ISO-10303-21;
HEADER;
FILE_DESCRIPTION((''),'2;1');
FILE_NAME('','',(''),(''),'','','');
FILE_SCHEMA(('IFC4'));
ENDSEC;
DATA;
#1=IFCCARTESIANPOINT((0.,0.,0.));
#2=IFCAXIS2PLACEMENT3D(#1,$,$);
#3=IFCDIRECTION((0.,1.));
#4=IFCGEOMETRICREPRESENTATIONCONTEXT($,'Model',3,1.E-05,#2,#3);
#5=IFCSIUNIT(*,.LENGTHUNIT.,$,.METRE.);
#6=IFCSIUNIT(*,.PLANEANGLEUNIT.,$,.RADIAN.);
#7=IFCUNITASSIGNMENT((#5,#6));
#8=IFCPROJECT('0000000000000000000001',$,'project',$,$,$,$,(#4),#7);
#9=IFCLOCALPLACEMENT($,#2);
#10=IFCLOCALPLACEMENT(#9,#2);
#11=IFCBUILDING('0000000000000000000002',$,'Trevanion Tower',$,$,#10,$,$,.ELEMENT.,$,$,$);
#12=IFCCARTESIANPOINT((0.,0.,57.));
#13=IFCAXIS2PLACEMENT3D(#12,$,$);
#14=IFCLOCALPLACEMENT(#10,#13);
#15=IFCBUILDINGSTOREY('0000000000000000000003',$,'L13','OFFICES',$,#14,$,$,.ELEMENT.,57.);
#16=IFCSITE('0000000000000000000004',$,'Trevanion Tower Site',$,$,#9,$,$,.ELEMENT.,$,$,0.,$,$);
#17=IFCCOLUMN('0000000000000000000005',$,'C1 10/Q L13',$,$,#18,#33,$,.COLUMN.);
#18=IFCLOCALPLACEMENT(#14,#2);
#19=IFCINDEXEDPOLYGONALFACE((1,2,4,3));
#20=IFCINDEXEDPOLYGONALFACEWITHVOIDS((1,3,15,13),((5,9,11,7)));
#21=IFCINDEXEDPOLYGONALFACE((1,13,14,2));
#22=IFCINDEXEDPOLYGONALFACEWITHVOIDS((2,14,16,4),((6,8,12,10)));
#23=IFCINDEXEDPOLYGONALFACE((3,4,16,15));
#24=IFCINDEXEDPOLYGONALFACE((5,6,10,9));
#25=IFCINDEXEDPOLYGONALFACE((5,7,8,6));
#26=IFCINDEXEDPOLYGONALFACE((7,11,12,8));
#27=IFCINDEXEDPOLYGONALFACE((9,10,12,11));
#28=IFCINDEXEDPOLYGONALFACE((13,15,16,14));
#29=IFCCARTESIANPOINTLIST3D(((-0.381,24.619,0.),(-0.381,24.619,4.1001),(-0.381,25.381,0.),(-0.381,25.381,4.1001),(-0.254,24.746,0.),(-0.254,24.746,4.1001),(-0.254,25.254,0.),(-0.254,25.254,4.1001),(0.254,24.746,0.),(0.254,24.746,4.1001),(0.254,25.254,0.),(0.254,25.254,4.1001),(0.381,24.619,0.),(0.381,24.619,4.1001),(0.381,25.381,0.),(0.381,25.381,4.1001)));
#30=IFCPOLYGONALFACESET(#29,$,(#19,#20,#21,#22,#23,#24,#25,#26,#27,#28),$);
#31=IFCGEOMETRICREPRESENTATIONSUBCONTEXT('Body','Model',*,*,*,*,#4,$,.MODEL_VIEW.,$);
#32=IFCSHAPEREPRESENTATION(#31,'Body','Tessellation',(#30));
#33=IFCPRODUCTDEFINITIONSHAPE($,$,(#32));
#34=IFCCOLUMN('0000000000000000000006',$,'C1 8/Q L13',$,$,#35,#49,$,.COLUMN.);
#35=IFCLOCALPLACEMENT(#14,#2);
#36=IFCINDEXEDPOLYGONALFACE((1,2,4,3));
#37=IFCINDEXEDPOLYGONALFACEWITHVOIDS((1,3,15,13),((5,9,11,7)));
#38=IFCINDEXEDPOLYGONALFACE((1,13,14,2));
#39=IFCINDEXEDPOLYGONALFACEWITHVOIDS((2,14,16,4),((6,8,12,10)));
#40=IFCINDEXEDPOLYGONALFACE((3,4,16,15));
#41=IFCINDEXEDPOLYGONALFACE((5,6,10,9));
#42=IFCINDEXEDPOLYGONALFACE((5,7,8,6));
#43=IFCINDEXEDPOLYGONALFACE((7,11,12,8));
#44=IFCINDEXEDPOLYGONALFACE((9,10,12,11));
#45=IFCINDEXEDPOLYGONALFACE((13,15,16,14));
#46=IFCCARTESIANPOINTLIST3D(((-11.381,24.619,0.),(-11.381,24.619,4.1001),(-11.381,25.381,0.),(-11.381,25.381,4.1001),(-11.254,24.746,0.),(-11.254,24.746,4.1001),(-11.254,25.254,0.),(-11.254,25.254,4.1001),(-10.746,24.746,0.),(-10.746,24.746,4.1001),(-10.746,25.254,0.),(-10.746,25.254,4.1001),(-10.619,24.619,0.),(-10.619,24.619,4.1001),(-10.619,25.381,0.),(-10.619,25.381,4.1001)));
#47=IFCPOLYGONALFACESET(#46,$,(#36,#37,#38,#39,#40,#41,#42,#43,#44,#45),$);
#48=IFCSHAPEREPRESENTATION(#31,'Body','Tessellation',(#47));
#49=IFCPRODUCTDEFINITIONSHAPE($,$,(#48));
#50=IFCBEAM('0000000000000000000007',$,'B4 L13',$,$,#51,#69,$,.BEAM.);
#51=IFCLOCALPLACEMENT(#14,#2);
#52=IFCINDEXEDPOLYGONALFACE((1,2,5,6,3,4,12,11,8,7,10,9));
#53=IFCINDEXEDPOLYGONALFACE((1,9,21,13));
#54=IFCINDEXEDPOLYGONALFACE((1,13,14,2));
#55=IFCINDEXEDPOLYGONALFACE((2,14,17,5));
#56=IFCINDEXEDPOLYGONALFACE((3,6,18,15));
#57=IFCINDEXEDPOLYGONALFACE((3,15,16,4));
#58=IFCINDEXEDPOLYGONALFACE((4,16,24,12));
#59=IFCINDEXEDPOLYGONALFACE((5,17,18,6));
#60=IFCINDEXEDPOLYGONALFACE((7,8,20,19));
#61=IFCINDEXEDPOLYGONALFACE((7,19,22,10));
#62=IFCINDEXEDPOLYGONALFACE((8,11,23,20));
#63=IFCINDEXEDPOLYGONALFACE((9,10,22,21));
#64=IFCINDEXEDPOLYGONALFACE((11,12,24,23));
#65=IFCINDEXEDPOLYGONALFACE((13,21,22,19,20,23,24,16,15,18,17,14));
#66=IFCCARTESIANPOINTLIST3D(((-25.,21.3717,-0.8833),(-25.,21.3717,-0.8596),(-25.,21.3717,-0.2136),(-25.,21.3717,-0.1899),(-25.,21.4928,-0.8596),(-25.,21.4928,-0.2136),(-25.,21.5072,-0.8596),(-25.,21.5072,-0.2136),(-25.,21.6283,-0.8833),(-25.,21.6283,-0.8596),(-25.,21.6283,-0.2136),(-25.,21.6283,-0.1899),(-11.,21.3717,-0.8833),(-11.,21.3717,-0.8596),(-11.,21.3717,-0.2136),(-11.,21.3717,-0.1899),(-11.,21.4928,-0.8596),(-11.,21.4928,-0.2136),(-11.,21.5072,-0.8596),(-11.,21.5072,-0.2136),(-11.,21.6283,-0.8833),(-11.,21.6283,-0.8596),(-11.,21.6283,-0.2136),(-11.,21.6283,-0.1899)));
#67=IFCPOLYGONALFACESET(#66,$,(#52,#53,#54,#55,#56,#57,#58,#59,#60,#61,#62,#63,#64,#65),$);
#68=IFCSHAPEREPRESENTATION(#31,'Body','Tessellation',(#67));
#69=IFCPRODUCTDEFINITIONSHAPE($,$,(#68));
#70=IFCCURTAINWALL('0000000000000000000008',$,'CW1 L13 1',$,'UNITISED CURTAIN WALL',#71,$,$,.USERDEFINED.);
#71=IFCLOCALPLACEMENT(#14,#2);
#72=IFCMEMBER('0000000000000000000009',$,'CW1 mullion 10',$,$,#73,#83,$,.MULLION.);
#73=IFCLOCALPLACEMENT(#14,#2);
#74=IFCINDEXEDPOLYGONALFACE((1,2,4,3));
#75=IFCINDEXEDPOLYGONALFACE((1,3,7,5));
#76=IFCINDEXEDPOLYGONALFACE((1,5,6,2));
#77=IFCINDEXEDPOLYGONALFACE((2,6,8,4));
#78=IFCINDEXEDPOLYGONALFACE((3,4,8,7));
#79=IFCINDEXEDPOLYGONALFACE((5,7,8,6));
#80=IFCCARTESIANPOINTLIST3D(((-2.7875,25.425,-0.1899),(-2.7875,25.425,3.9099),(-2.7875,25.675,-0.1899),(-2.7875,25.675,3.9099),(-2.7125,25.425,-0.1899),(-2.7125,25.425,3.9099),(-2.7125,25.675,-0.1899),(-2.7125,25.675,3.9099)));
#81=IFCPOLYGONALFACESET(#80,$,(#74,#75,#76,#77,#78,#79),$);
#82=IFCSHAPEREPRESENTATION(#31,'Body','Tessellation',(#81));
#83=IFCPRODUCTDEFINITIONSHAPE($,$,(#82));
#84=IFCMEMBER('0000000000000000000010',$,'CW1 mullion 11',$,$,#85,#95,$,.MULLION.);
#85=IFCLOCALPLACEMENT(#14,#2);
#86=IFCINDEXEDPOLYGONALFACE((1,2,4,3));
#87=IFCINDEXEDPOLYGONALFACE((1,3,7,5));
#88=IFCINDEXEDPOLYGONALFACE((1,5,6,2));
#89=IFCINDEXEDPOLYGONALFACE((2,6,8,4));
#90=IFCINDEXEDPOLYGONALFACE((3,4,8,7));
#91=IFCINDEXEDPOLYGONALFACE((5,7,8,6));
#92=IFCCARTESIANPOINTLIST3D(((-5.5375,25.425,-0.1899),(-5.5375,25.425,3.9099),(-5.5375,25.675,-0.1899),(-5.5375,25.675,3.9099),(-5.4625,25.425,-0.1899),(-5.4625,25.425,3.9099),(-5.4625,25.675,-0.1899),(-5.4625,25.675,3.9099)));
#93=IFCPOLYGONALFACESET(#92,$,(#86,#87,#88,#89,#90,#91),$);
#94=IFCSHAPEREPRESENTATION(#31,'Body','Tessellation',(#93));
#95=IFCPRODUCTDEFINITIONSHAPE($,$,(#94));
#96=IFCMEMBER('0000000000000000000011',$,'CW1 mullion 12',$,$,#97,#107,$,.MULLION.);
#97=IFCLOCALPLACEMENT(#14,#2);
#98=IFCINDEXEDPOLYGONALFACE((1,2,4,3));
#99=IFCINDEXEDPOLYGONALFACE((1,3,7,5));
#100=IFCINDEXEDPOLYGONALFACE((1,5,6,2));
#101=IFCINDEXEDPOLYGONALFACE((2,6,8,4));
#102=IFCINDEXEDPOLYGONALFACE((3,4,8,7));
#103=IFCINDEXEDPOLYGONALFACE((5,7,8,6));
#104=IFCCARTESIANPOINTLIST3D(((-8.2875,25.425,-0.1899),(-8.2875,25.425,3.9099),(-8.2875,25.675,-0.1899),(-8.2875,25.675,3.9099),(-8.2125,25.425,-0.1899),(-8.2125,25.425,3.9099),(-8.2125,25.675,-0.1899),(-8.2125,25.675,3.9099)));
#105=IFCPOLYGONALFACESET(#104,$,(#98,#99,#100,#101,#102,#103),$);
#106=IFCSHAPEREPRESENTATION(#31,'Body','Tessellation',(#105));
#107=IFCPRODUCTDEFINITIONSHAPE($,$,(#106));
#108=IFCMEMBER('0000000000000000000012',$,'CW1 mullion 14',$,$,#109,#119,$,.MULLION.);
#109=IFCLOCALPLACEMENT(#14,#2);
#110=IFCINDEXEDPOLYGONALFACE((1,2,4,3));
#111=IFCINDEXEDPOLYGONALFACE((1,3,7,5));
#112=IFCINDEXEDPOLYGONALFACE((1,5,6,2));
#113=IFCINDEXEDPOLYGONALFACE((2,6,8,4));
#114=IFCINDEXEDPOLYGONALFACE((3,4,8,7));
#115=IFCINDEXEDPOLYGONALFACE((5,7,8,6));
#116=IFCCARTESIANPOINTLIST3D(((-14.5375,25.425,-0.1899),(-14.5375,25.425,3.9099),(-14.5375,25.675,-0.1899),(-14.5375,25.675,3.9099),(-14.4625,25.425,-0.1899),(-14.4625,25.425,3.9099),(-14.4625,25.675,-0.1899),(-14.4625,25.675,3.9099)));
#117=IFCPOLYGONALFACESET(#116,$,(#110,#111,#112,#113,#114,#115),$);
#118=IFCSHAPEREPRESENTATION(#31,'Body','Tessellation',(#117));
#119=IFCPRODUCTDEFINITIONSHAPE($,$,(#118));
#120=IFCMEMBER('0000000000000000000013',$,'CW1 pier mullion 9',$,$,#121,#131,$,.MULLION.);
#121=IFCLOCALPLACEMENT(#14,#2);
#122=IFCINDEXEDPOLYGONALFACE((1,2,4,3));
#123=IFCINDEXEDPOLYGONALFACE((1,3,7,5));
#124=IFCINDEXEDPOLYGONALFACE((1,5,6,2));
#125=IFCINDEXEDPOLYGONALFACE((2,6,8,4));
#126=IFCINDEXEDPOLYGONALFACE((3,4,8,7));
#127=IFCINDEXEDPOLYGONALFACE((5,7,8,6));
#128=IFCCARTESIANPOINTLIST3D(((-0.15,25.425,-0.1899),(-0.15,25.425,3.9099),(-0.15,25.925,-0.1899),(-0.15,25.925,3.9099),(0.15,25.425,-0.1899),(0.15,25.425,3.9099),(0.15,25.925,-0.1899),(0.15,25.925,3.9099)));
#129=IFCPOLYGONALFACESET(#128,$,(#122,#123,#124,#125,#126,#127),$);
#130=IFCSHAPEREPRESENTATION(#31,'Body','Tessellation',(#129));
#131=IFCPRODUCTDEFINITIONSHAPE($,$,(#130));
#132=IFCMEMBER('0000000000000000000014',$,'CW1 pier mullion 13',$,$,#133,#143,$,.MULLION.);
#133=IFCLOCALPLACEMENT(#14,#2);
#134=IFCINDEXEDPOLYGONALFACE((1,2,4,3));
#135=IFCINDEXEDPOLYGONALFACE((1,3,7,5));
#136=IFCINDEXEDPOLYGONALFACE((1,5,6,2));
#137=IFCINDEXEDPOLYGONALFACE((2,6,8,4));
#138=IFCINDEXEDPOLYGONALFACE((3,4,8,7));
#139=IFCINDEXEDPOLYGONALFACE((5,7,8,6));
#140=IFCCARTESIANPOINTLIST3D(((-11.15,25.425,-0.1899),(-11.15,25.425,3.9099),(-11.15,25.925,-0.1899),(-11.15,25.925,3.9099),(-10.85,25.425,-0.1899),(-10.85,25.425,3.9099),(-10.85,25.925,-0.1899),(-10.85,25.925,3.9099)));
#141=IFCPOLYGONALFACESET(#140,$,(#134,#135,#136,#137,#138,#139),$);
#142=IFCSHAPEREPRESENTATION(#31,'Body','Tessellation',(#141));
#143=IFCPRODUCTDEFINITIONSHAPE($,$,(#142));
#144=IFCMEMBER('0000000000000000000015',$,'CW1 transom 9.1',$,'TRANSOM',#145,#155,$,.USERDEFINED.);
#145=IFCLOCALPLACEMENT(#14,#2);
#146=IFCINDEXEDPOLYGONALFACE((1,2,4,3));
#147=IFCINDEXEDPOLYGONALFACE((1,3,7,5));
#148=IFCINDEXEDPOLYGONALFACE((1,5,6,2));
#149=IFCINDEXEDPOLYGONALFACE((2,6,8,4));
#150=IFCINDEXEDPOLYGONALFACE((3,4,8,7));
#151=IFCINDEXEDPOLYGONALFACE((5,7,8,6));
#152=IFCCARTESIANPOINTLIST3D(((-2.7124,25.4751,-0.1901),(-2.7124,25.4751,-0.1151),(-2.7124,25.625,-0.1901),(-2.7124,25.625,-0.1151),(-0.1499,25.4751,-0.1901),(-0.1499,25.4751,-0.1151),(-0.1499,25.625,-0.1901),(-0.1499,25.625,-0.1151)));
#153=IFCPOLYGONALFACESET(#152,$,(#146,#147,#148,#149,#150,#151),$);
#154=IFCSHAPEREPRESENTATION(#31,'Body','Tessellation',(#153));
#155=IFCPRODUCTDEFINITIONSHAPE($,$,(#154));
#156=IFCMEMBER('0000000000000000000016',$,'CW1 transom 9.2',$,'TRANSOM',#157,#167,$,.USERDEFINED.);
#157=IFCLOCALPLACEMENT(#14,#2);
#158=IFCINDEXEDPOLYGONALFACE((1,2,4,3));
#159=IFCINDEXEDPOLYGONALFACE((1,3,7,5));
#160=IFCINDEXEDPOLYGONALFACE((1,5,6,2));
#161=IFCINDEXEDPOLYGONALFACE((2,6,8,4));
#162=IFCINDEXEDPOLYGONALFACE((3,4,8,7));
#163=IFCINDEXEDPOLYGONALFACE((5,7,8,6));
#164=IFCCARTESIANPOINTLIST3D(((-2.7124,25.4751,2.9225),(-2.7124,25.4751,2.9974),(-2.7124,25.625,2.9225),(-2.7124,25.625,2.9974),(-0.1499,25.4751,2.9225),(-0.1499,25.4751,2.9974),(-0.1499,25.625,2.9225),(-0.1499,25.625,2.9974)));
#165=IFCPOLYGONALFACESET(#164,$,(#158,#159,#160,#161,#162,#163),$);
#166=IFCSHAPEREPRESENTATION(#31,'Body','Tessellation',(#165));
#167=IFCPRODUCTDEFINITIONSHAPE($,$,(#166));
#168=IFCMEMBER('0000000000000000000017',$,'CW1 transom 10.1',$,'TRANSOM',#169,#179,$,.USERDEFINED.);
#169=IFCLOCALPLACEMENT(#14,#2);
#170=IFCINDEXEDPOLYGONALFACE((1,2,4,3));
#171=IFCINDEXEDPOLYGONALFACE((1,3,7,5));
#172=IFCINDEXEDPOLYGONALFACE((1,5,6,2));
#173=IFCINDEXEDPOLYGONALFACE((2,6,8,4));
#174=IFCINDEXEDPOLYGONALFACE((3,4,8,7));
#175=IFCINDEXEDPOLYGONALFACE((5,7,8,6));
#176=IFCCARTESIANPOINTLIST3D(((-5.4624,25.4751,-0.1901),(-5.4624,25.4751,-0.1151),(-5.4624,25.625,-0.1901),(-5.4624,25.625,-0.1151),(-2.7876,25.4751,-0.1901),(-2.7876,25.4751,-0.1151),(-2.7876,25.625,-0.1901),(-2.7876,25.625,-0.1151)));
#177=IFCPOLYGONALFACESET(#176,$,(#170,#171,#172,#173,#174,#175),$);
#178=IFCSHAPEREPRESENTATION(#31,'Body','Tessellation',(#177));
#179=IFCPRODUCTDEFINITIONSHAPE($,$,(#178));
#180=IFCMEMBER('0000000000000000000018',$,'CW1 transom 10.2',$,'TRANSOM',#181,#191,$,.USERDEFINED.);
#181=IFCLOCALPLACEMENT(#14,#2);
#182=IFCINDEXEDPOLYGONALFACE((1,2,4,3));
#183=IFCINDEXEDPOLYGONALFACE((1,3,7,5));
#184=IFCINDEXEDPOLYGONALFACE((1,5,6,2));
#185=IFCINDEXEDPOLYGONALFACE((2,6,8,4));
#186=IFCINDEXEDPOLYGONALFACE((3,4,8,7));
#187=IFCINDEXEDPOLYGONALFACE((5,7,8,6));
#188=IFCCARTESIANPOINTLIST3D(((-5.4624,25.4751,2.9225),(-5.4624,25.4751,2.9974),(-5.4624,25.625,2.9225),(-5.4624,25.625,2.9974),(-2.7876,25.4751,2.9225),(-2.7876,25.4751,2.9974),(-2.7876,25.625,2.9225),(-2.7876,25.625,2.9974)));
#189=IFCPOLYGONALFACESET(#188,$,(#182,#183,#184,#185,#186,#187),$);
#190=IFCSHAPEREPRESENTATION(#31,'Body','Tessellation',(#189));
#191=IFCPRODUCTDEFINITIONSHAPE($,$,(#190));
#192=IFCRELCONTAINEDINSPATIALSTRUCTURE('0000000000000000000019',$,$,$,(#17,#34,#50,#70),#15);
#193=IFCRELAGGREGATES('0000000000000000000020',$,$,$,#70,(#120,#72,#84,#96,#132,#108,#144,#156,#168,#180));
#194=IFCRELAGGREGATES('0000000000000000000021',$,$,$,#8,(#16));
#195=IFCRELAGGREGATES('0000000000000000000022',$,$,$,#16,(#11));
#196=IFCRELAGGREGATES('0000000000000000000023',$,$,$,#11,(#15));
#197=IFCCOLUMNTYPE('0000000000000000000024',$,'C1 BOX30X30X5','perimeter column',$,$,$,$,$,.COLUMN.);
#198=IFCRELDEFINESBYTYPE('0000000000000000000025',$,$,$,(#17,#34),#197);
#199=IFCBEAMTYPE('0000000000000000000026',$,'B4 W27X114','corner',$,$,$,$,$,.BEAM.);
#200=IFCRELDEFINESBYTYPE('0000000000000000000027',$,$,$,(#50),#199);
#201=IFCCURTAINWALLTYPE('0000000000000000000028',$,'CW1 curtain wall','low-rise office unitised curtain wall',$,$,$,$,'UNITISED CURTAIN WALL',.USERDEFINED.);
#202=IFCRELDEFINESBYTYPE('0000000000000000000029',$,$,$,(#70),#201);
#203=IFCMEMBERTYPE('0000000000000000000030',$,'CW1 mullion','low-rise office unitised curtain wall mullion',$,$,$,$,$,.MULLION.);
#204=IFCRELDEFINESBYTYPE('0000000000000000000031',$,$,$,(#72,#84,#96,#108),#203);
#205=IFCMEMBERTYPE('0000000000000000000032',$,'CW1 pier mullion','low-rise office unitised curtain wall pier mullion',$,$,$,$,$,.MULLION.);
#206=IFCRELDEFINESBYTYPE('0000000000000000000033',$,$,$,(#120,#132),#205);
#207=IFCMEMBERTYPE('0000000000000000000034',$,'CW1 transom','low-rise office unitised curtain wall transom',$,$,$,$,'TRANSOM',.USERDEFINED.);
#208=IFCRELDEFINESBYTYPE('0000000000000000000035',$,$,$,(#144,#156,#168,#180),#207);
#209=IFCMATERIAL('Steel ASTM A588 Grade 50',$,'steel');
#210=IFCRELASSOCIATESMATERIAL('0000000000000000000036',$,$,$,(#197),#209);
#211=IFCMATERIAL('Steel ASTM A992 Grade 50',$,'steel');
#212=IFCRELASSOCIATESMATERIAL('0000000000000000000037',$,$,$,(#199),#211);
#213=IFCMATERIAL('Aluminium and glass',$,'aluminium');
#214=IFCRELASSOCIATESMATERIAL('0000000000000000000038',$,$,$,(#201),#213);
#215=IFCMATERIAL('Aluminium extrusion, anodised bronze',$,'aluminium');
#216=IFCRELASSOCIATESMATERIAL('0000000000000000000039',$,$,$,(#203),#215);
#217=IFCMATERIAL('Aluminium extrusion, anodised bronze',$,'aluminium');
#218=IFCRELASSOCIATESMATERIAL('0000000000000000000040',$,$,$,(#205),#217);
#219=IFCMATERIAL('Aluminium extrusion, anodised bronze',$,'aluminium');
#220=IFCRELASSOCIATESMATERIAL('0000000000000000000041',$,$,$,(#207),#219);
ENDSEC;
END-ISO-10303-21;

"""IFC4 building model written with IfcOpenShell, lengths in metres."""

from ifc_helpers import new_model, si_unit, direction, frame, origin, origin_2d, place, context, subcontext, project, spatial, rectangle, hollow_rectangle, i_section, extrude, material, material_profile, profile_set, type_object, element, aggregate, save


model = new_model("IFC4")

# Units and contexts
model_context = context("Model", 3, precision=1e-05, world=origin(), true_north=direction((0.0, 1.0)))
body_context = subcontext(model_context, "Body", "Model", "MODEL_VIEW")
ifc_project = project(units=[si_unit("LENGTHUNIT", "METRE"), si_unit("PLANEANGLEUNIT", "RADIAN")], contexts=[model_context])

# Site, building, storey
site_placement = place(None, origin())
site = spatial("IfcSite", under=ifc_project, at=site_placement, Name="Trevanion Tower Site", CompositionType="ELEMENT", RefElevation=0.0)
building_placement = place(site_placement, origin())
building = spatial("IfcBuilding", under=site, at=building_placement, Name="Trevanion Tower", CompositionType="ELEMENT")
storey_placement = place(building_placement, frame((0.0, 0.0, 57.0)))
storey = spatial("IfcBuildingStorey", under=building, at=storey_placement, Name="L13", Description="OFFICES", CompositionType="ELEMENT", Elevation=57.0)

# Columns
ifc_material_1 = material(Name="Steel ASTM A588 Grade 50", Category="steel")
ifc_material_profile_1 = material_profile(ifc_material_1, hollow_rectangle(XDim=0.762, YDim=0.762, WallThickness=0.127, at=origin_2d()), Name="BOX30X30X5")
ifc_profile_set_1 = profile_set([ifc_material_profile_1], Name="Steel ASTM A588 Grade 50")
column_type = type_object("IfcColumnType", Name="C1 BOX30X30X5", Description="perimeter column", PredefinedType="COLUMN", material=ifc_profile_set_1)
for number, where, z_axis, x_axis, name in (
    (1, (0.0, 25.0, 0.0), (0.0, 0.0, 1.0), (1.0, 0.0, 0.0), "C1 10/Q L13"),
    (2, (-11.0, 25.0, 0.0), (0.0, 0.0, 1.0), (1.0, 0.0, 0.0), "C1 8/Q L13"),
):
    element("IfcColumn", number, at=place(storey_placement, frame(where, z_axis=z_axis, x_axis=x_axis)), inside=storey, type_object=column_type, Name=name, PredefinedType="COLUMN", context=body_context, shape_type="SweptSolid", body=[
        extrude(hollow_rectangle(XDim=0.762, YDim=0.762, WallThickness=0.127, at=origin_2d()), origin(), (0.0, 0.0, 1.0), 4.1001),
    ])

# Beam
ifc_material_2 = material(Name="Steel ASTM A992 Grade 50", Category="steel")
ifc_material_profile_2 = material_profile(ifc_material_2, i_section(OverallWidth=0.2566, OverallDepth=0.6934, WebThickness=0.0144, FlangeThickness=0.0237, at=origin_2d()), Name="W27X114")
ifc_profile_set_2 = profile_set([ifc_material_profile_2], Name="Steel ASTM A992 Grade 50")
beam_type_1 = type_object("IfcBeamType", Name="B4 W27X114", Description="corner", PredefinedType="BEAM", material=ifc_profile_set_2)
beam_1_placement = place(storey_placement, frame((-11.0, 21.5, -0.5366), z_axis=(-1.0, 0.0, 0.0), x_axis=(0.0, -1.0, 0.0)))
element("IfcBeam", 3, at=beam_1_placement, inside=storey, type_object=beam_type_1, Name="B4 L13", PredefinedType="BEAM", context=body_context, shape_type="SweptSolid", body=[
    extrude(i_section(OverallWidth=0.2566, OverallDepth=0.6934, WebThickness=0.0144, FlangeThickness=0.0237, at=origin_2d()), origin(), (0.0, 0.0, 1.0), 14.0),
])

# Curtain wall, members
ifc_material_3 = material(Name="Aluminium and glass", Category="aluminium")
curtain_wall_type = type_object("IfcCurtainWallType", Name="CW1 curtain wall", Description="low-rise office unitised curtain wall", ElementType="UNITISED CURTAIN WALL", PredefinedType="USERDEFINED", material=ifc_material_3)
curtain_wall_placement = place(storey_placement, origin())
curtain_wall = element("IfcCurtainWall", 4, at=curtain_wall_placement, inside=storey, type_object=curtain_wall_type, Name="CW1 L13 1", ObjectType="UNITISED CURTAIN WALL", PredefinedType="USERDEFINED")
ifc_material_4 = material(Name="Aluminium extrusion, anodised bronze", Category="aluminium")
ifc_material_profile_3 = material_profile(ifc_material_4, rectangle(XDim=0.075, YDim=0.25, at=origin_2d()), Name="CW1 mullion")
ifc_profile_set_3 = profile_set([ifc_material_profile_3], Name="Aluminium extrusion, anodised bronze")
member_type_1 = type_object("IfcMemberType", Name="CW1 mullion", Description="low-rise office unitised curtain wall mullion", PredefinedType="MULLION", material=ifc_profile_set_3)
member_1_placement = place(storey_placement, frame((-2.75, 25.55, -0.1899), z_axis=(0.0, 0.0, 1.0), x_axis=(-1.0, 0.0, 0.0)))
member_1 = element("IfcMember", 5, at=member_1_placement, type_object=member_type_1, Name="CW1 mullion 10", PredefinedType="MULLION", context=body_context, shape_type="SweptSolid", body=[
    extrude(rectangle(XDim=0.075, YDim=0.25, at=origin_2d()), origin(), (0.0, 0.0, 1.0), 4.0999),
])
member_2_placement = place(storey_placement, frame((-5.5, 25.55, -0.1899), z_axis=(0.0, 0.0, 1.0), x_axis=(-1.0, 0.0, 0.0)))
member_2 = element("IfcMember", 6, at=member_2_placement, type_object=member_type_1, Name="CW1 mullion 11", PredefinedType="MULLION", context=body_context, shape_type="SweptSolid", body=[
    extrude(rectangle(XDim=0.075, YDim=0.25, at=origin_2d()), origin(), (0.0, 0.0, 1.0), 4.0999),
])
member_3_placement = place(storey_placement, frame((-8.25, 25.55, -0.1899), z_axis=(0.0, 0.0, 1.0), x_axis=(-1.0, 0.0, 0.0)))
member_3 = element("IfcMember", 7, at=member_3_placement, type_object=member_type_1, Name="CW1 mullion 12", PredefinedType="MULLION", context=body_context, shape_type="SweptSolid", body=[
    extrude(rectangle(XDim=0.075, YDim=0.25, at=origin_2d()), origin(), (0.0, 0.0, 1.0), 4.0999),
])
member_4_placement = place(storey_placement, frame((-14.5, 25.55, -0.1899), z_axis=(0.0, 0.0, 1.0), x_axis=(-1.0, 0.0, 0.0)))
member_4 = element("IfcMember", 8, at=member_4_placement, type_object=member_type_1, Name="CW1 mullion 14", PredefinedType="MULLION", context=body_context, shape_type="SweptSolid", body=[
    extrude(rectangle(XDim=0.075, YDim=0.25, at=origin_2d()), origin(), (0.0, 0.0, 1.0), 4.0999),
])
ifc_material_5 = material(Name="Aluminium extrusion, anodised bronze", Category="aluminium")
ifc_material_profile_4 = material_profile(ifc_material_5, rectangle(XDim=0.3, YDim=0.5, at=origin_2d()), Name="CW1 pier mullion")
ifc_profile_set_4 = profile_set([ifc_material_profile_4], Name="Aluminium extrusion, anodised bronze")
member_type_2 = type_object("IfcMemberType", Name="CW1 pier mullion", Description="low-rise office unitised curtain wall pier mullion", PredefinedType="MULLION", material=ifc_profile_set_4)
member_5_placement = place(storey_placement, frame((0.0, 25.675, -0.1899), z_axis=(0.0, 0.0, 1.0), x_axis=(-1.0, 0.0, 0.0)))
member_5 = element("IfcMember", 9, at=member_5_placement, type_object=member_type_2, Name="CW1 pier mullion 9", PredefinedType="MULLION", context=body_context, shape_type="SweptSolid", body=[
    extrude(rectangle(XDim=0.3, YDim=0.5, at=origin_2d()), origin(), (0.0, 0.0, 1.0), 4.0999),
])
member_6_placement = place(storey_placement, frame((-11.0, 25.675, -0.1899), z_axis=(0.0, 0.0, 1.0), x_axis=(-1.0, 0.0, 0.0)))
member_6 = element("IfcMember", 10, at=member_6_placement, type_object=member_type_2, Name="CW1 pier mullion 13", PredefinedType="MULLION", context=body_context, shape_type="SweptSolid", body=[
    extrude(rectangle(XDim=0.3, YDim=0.5, at=origin_2d()), origin(), (0.0, 0.0, 1.0), 4.0999),
])
ifc_material_6 = material(Name="Aluminium extrusion, anodised bronze", Category="aluminium")
ifc_material_profile_5 = material_profile(ifc_material_6, rectangle(XDim=0.1499, YDim=0.075, at=origin_2d()), Name="CW1 transom")
ifc_profile_set_5 = profile_set([ifc_material_profile_5], Name="Aluminium extrusion, anodised bronze")
member_type_3 = type_object("IfcMemberType", Name="CW1 transom", Description="low-rise office unitised curtain wall transom", ElementType="TRANSOM", PredefinedType="USERDEFINED", material=ifc_profile_set_5)
member_7_placement = place(storey_placement, frame((-0.1499, 25.55, -0.1526), z_axis=(-1.0, 0.0, 0.0), x_axis=(0.0, -1.0, 0.0)))
member_7 = element("IfcMember", 11, at=member_7_placement, type_object=member_type_3, Name="CW1 transom 9.1", ObjectType="TRANSOM", PredefinedType="USERDEFINED", context=body_context, shape_type="SweptSolid", body=[
    extrude(rectangle(XDim=0.1499, YDim=0.075, at=origin_2d()), origin(), (0.0, 0.0, 1.0), 2.5625),
])
member_8_placement = place(storey_placement, frame((-0.1499, 25.55, 2.96), z_axis=(-1.0, 0.0, 0.0), x_axis=(0.0, -1.0, 0.0)))
member_8 = element("IfcMember", 12, at=member_8_placement, type_object=member_type_3, Name="CW1 transom 9.2", ObjectType="TRANSOM", PredefinedType="USERDEFINED", context=body_context, shape_type="SweptSolid", body=[
    extrude(rectangle(XDim=0.1499, YDim=0.075, at=origin_2d()), origin(), (0.0, 0.0, 1.0), 2.5625),
])
member_9_placement = place(storey_placement, frame((-2.7876, 25.55, -0.1526), z_axis=(-1.0, 0.0, 0.0), x_axis=(0.0, -1.0, 0.0)))
member_9 = element("IfcMember", 13, at=member_9_placement, type_object=member_type_3, Name="CW1 transom 10.1", ObjectType="TRANSOM", PredefinedType="USERDEFINED", context=body_context, shape_type="SweptSolid", body=[
    extrude(rectangle(XDim=0.1499, YDim=0.075, at=origin_2d()), origin(), (0.0, 0.0, 1.0), 2.6748),
])
member_10_placement = place(storey_placement, frame((-2.7876, 25.55, 2.96), z_axis=(-1.0, 0.0, 0.0), x_axis=(0.0, -1.0, 0.0)))
member_10 = element("IfcMember", 14, at=member_10_placement, type_object=member_type_3, Name="CW1 transom 10.2", ObjectType="TRANSOM", PredefinedType="USERDEFINED", context=body_context, shape_type="SweptSolid", body=[
    extrude(rectangle(XDim=0.1499, YDim=0.075, at=origin_2d()), origin(), (0.0, 0.0, 1.0), 2.6748),
])

aggregate(curtain_wall, [member_5, member_1, member_2, member_3, member_6, member_4, member_7, member_8, member_9, member_10])

save(model, "model.ifc")
